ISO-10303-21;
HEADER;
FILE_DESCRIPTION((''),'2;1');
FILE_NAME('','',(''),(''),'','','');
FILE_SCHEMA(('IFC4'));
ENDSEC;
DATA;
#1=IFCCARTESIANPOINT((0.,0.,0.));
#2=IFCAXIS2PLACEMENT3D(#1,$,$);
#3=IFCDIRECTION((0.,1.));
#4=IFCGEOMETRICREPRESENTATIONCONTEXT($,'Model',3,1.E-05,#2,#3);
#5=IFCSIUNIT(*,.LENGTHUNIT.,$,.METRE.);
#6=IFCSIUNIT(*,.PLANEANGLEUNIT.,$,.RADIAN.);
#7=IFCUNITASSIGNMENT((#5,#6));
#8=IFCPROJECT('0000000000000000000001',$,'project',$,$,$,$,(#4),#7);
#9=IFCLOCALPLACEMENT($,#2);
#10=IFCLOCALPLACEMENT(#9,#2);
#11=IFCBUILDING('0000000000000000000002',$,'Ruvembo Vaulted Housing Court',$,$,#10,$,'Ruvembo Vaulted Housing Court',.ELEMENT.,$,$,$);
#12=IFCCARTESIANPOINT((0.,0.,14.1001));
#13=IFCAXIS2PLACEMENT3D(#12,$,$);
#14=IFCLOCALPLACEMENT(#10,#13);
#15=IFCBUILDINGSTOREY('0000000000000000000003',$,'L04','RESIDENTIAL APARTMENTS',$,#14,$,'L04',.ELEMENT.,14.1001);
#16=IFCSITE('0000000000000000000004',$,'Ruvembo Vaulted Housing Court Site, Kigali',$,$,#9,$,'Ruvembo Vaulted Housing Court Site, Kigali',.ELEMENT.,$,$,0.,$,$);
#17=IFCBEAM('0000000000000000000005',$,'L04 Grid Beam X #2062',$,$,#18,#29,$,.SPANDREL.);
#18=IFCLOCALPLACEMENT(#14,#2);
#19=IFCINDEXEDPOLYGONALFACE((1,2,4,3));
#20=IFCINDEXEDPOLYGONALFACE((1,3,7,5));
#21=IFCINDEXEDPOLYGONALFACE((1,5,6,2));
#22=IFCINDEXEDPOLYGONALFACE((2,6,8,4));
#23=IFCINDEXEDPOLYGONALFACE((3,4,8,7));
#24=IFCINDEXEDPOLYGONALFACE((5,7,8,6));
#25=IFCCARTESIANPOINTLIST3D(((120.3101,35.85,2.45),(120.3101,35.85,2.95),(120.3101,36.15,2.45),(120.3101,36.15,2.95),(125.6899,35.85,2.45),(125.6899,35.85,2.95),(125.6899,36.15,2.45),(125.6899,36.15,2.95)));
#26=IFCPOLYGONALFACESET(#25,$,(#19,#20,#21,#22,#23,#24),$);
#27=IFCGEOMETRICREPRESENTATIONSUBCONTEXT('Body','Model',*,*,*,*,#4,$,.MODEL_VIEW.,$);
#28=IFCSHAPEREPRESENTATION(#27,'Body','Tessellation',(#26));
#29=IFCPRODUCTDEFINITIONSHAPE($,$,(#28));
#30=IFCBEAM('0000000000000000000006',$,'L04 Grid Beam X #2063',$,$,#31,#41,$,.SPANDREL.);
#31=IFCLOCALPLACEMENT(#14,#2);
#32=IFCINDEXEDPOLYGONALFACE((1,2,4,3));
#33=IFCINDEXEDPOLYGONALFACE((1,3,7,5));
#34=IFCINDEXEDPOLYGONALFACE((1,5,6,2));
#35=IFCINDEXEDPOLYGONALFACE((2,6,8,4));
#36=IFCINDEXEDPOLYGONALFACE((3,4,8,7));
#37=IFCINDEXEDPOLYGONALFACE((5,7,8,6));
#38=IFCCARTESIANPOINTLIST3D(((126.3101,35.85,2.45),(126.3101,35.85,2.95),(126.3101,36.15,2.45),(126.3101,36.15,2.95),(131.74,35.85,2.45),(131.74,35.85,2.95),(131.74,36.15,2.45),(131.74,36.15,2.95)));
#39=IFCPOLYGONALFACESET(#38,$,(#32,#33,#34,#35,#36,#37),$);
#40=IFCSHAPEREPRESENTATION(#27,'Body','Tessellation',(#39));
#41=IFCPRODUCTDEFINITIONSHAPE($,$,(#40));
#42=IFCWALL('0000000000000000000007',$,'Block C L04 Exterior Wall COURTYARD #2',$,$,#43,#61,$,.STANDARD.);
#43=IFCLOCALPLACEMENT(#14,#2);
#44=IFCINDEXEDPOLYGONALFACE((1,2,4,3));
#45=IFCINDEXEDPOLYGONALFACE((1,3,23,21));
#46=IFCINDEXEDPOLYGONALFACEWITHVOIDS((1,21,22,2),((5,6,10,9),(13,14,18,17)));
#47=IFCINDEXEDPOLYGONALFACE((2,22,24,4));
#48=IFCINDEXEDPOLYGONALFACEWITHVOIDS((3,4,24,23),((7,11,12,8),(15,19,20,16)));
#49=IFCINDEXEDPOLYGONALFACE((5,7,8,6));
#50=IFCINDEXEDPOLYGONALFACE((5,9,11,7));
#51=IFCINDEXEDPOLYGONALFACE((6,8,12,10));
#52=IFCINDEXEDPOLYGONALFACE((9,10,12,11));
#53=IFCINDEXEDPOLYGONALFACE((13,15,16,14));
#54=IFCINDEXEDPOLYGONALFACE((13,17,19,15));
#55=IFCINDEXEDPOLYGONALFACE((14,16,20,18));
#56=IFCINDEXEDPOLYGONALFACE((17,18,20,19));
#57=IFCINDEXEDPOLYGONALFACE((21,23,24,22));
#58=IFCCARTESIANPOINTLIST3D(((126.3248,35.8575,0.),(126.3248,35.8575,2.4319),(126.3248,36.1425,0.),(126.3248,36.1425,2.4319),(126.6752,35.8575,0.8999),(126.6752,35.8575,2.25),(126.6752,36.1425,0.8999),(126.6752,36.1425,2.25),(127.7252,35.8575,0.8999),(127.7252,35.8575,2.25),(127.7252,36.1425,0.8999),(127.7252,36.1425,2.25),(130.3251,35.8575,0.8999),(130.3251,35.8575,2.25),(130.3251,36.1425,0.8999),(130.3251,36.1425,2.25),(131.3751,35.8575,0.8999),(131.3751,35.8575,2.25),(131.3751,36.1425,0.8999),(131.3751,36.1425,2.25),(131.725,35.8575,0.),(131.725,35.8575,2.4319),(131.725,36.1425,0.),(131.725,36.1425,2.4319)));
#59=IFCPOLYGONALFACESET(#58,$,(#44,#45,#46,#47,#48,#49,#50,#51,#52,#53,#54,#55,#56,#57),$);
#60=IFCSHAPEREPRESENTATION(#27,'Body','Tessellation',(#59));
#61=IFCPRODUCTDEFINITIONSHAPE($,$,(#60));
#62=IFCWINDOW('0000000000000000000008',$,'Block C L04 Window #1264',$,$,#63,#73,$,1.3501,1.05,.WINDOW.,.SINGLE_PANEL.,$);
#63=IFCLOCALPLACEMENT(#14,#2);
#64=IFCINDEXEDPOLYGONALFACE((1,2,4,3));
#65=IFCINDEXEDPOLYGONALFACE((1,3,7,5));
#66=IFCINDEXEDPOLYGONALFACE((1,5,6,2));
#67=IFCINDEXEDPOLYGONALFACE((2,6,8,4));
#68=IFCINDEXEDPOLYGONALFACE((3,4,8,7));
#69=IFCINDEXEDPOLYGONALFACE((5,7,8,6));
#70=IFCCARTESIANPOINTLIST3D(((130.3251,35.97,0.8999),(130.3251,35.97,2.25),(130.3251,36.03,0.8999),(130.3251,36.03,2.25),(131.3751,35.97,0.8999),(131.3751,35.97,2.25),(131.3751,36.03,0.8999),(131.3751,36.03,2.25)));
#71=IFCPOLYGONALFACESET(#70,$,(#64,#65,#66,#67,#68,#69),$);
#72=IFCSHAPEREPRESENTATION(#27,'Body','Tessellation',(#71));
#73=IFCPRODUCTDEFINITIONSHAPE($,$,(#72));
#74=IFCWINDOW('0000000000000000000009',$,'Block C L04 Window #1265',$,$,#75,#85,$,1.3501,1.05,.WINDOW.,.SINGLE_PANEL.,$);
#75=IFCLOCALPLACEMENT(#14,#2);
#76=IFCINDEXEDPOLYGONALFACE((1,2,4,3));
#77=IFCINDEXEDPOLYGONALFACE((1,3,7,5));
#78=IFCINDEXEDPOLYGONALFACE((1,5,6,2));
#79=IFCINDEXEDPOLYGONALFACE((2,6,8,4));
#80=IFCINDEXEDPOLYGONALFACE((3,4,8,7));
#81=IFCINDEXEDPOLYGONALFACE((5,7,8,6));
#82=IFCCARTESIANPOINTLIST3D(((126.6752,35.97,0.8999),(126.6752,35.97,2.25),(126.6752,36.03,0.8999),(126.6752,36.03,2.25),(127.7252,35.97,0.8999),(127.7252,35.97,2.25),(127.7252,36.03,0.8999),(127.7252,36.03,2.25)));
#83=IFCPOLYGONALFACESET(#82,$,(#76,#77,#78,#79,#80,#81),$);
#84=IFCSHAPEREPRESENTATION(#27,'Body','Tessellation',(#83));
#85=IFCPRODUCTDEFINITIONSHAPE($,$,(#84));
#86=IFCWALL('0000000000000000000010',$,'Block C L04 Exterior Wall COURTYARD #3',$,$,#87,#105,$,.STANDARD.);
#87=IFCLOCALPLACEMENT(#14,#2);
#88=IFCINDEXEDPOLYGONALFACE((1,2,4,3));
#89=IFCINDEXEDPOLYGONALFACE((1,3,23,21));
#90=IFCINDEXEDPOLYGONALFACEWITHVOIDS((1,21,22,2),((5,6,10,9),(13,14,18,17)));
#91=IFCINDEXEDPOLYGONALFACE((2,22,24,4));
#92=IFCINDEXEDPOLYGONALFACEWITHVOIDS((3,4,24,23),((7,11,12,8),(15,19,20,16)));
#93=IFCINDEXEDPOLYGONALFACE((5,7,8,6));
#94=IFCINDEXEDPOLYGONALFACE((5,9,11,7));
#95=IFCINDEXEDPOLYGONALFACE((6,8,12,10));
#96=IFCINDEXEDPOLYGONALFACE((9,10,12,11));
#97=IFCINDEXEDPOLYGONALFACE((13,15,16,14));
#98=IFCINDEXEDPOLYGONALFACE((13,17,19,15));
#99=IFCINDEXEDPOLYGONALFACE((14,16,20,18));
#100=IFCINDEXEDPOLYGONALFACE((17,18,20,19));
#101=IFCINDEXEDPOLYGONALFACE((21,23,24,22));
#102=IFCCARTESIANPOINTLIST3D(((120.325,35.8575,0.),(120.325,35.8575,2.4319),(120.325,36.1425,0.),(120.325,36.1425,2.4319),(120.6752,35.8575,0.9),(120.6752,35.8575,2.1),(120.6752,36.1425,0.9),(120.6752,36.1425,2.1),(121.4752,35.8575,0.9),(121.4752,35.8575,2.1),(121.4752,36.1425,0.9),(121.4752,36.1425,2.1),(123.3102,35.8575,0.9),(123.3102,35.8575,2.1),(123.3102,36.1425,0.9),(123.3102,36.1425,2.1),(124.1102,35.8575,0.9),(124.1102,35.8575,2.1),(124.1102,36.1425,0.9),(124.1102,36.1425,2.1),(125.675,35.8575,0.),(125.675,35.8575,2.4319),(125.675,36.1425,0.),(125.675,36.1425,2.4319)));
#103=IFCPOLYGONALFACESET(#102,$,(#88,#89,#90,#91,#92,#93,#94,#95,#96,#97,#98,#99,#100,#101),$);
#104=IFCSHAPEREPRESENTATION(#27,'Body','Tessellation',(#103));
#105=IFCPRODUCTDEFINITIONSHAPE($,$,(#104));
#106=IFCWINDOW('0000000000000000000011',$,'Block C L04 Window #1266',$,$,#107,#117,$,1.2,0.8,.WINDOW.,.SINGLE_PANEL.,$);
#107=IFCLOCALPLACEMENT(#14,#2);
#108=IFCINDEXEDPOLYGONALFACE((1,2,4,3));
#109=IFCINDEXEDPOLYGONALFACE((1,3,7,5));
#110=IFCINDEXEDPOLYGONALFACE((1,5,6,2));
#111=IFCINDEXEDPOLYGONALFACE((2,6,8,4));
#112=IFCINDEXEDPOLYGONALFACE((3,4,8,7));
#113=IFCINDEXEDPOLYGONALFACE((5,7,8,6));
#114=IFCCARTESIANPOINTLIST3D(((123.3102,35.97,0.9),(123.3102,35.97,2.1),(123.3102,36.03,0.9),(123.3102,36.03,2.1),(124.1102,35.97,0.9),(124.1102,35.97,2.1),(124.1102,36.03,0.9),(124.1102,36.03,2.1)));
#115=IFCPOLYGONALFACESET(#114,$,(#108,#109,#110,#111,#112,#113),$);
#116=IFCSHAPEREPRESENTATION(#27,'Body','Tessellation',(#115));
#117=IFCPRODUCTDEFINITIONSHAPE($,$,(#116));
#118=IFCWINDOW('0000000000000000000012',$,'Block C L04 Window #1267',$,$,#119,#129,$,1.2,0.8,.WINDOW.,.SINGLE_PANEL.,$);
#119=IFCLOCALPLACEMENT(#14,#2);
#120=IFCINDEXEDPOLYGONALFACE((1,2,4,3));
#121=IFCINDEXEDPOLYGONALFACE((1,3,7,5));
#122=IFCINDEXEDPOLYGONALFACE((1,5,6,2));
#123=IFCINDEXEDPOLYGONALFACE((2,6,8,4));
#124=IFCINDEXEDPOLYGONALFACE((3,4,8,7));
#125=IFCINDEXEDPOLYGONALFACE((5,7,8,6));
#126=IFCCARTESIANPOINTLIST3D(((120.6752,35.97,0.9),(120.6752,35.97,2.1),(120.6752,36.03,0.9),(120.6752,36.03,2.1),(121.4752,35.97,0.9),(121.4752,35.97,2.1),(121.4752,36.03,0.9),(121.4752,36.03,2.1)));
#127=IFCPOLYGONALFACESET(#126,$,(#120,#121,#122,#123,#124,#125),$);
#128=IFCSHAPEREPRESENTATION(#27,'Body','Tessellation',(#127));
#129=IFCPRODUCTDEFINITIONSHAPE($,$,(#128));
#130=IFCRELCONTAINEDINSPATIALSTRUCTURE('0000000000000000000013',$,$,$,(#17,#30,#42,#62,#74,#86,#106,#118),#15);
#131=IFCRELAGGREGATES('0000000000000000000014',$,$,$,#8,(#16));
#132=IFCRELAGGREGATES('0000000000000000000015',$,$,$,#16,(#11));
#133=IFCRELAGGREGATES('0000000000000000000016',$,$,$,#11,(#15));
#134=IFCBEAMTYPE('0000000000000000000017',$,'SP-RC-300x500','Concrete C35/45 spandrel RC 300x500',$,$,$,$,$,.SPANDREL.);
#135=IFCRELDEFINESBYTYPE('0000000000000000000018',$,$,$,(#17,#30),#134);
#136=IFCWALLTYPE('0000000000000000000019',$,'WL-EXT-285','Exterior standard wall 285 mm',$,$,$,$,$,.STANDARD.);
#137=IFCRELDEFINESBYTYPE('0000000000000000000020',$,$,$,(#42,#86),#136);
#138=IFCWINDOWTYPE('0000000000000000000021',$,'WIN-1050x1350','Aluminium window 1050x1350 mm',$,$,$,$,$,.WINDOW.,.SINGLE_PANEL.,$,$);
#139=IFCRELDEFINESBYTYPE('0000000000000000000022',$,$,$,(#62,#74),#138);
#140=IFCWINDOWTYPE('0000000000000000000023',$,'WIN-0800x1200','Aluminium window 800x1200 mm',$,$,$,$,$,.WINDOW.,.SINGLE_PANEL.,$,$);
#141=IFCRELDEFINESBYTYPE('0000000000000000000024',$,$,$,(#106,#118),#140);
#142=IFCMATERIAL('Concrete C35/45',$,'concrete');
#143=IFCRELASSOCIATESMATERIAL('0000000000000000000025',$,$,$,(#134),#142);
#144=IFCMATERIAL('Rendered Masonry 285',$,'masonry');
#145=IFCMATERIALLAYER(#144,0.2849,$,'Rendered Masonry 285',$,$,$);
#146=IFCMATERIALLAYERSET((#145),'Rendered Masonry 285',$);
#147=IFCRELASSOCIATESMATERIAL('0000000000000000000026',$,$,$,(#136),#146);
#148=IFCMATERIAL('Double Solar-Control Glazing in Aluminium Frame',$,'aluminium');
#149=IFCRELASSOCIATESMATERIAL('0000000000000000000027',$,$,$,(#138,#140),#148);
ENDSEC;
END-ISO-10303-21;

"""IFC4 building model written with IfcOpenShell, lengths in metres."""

from ifc_helpers import new_model, si_unit, direction, frame, frame_2d, origin, origin_2d, place, context, subcontext, project, spatial, rectangle, extrude, material, layer, layer_set, material_profile, profile_set, type_object, element, fill, save


model = new_model("IFC4")

# Units and contexts
model_context = context("Model", 3, precision=1e-05, world=origin(), true_north=direction((0.0, 1.0)))
body_context = subcontext(model_context, "Body", "Model", "MODEL_VIEW")
ifc_project = project(units=[si_unit("LENGTHUNIT", "METRE"), si_unit("PLANEANGLEUNIT", "RADIAN")], contexts=[model_context])

# Site, building, storey
site_placement = place(None, origin())
site = spatial("IfcSite", under=ifc_project, at=site_placement, Name="Ruvembo Vaulted Housing Court Site, Kigali", LongName="Ruvembo Vaulted Housing Court Site, Kigali", CompositionType="ELEMENT", RefElevation=0.0)
building_placement = place(site_placement, origin())
building = spatial("IfcBuilding", under=site, at=building_placement, Name="Ruvembo Vaulted Housing Court", LongName="Ruvembo Vaulted Housing Court", CompositionType="ELEMENT")
storey_placement = place(building_placement, frame((0.0, 0.0, 14.1001)))
storey = spatial("IfcBuildingStorey", under=building, at=storey_placement, Name="L04", Description="RESIDENTIAL APARTMENTS", LongName="L04", CompositionType="ELEMENT", Elevation=14.1001)

# Beams
ifc_material_1 = material(Name="Concrete C35/45", Category="concrete")
ifc_material_profile_1 = material_profile(ifc_material_1, rectangle(XDim=0.3, YDim=0.5, at=origin_2d()), Name="RC 300x500")
ifc_profile_set_1 = profile_set([ifc_material_profile_1], Name="Concrete C35/45")
beam_type_1 = type_object("IfcBeamType", Name="SP-RC-300x500", Description="Concrete C35/45 spandrel RC 300x500", PredefinedType="SPANDREL", material=ifc_profile_set_1)
for number, where, z_axis, x_axis, name in (
    (1, (120.3101, 36.0, 2.7), (1.0, 0.0, 0.0), (0.0, 1.0, 0.0), "L04 Grid Beam X #2062"),
):
    element("IfcBeam", number, at=place(storey_placement, frame(where, z_axis=z_axis, x_axis=x_axis)), inside=storey, type_object=beam_type_1, Name=name, PredefinedType="SPANDREL", context=body_context, shape_type="SweptSolid", body=[
        extrude(rectangle(XDim=0.3, YDim=0.5, at=origin_2d()), origin(), (0.0, 0.0, 1.0), 5.3799),
    ])
beam_1_placement = place(storey_placement, frame((126.3101, 36.0, 2.7), z_axis=(1.0, 0.0, 0.0), x_axis=(0.0, 1.0, 0.0)))
element("IfcBeam", 2, at=beam_1_placement, inside=storey, type_object=beam_type_1, Name="L04 Grid Beam X #2063", PredefinedType="SPANDREL", context=body_context, shape_type="SweptSolid", body=[
    extrude(rectangle(XDim=0.3, YDim=0.5, at=origin_2d()), origin(), (0.0, 0.0, 1.0), 5.4299),
])

# Walls, openings, windows
ifc_material_2 = material(Name="Rendered Masonry 285", Category="masonry")
ifc_layer_1 = layer(ifc_material_2, 0.2849, Name="Rendered Masonry 285")
ifc_layer_set_1 = layer_set([ifc_layer_1], Name="Rendered Masonry 285")
wall_type_1 = type_object("IfcWallType", Name="WL-EXT-285", Description="Exterior standard wall 285 mm", PredefinedType="STANDARD", material=ifc_layer_set_1)
wall_1_placement = place(storey_placement, frame((131.7251, 36.0, 0.0), z_axis=(0.0, 0.0, 1.0), x_axis=(-1.0, 0.0, 0.0)))
wall_1 = element("IfcWall", 3, at=wall_1_placement, inside=storey, type_object=wall_type_1, Name="Block C L04 Exterior Wall COURTYARD #2", PredefinedType="STANDARD", context=body_context, shape_type="SweptSolid", body=[
    extrude(rectangle(XDim=5.4001, YDim=0.2849, at=frame_2d((2.7002, 0.0))), origin(), (0.0, 0.0, 1.0), 2.4319),
])
opening_1_placement = place(wall_1_placement, frame((0.3501, 0.0, 0.8999)))
opening_1 = element("IfcOpeningElement", 4, at=opening_1_placement, cuts=wall_1, PredefinedType="OPENING", context=body_context, shape_type="SweptSolid", body=[
    extrude(rectangle(XDim=1.05, YDim=1.3501, at=frame_2d((0.5249, 0.675))), frame((0.0, 0.1523, 0.0), z_axis=(0.0, -1.0, 0.0), x_axis=(1.0, 0.0, 0.0)), (0.0, 0.0, 1.0), 0.3049),
])
opening_2_placement = place(wall_1_placement, frame((4.0, 0.0, 0.8999)))
opening_2 = element("IfcOpeningElement", 5, at=opening_2_placement, cuts=wall_1, PredefinedType="OPENING", context=body_context, shape_type="SweptSolid", body=[
    extrude(rectangle(XDim=1.05, YDim=1.3501, at=frame_2d((0.5249, 0.675))), frame((0.0, 0.1523, 0.0), z_axis=(0.0, -1.0, 0.0), x_axis=(1.0, 0.0, 0.0)), (0.0, 0.0, 1.0), 0.3049),
])
ifc_material_3 = material(Name="Double Solar-Control Glazing in Aluminium Frame", Category="aluminium")
window_type_1 = type_object("IfcWindowType", Name="WIN-1050x1350", Description="Aluminium window 1050x1350 mm", PartitioningType="SINGLE_PANEL", PredefinedType="WINDOW", material=ifc_material_3)
window_1_placement = place(opening_1_placement, origin())
window_1 = element("IfcWindow", 6, at=window_1_placement, inside=storey, type_object=window_type_1, Name="Block C L04 Window #1264", OverallHeight=1.3501, OverallWidth=1.05, PartitioningType="SINGLE_PANEL", PredefinedType="WINDOW", context=body_context, shape_type="SweptSolid", body=[
    extrude(rectangle(XDim=1.05, YDim=1.3501, at=frame_2d((0.5249, 0.675))), frame((0.0, 0.03, 0.0), z_axis=(0.0, -1.0, 0.0), x_axis=(1.0, 0.0, 0.0)), (0.0, 0.0, 1.0), 0.0601),
])
fill(opening_1, window_1)
window_2_placement = place(opening_2_placement, origin())
window_2 = element("IfcWindow", 7, at=window_2_placement, inside=storey, type_object=window_type_1, Name="Block C L04 Window #1265", OverallHeight=1.3501, OverallWidth=1.05, PartitioningType="SINGLE_PANEL", PredefinedType="WINDOW", context=body_context, shape_type="SweptSolid", body=[
    extrude(rectangle(XDim=1.05, YDim=1.3501, at=frame_2d((0.5249, 0.675))), frame((0.0, 0.03, 0.0), z_axis=(0.0, -1.0, 0.0), x_axis=(1.0, 0.0, 0.0)), (0.0, 0.0, 1.0), 0.0601),
])
fill(opening_2, window_2)
wall_2_placement = place(storey_placement, frame((125.675, 36.0, 0.0), z_axis=(0.0, 0.0, 1.0), x_axis=(-1.0, 0.0, 0.0)))
wall_2 = element("IfcWall", 8, at=wall_2_placement, inside=storey, type_object=wall_type_1, Name="Block C L04 Exterior Wall COURTYARD #3", PredefinedType="STANDARD", context=body_context, shape_type="SweptSolid", body=[
    extrude(rectangle(XDim=5.3501, YDim=0.2849, at=frame_2d((2.675, 0.0))), origin(), (0.0, 0.0, 1.0), 2.4319),
])
opening_3_placement = place(wall_2_placement, frame((1.5649, 0.0, 0.8999)))
opening_3 = element("IfcOpeningElement", 9, at=opening_3_placement, cuts=wall_2, PredefinedType="OPENING", context=body_context, shape_type="SweptSolid", body=[
    extrude(rectangle(XDim=0.8, YDim=1.2, at=frame_2d((0.3999, 0.6001))), frame((0.0, 0.1523, 0.0), z_axis=(0.0, -1.0, 0.0), x_axis=(1.0, 0.0, 0.0)), (0.0, 0.0, 1.0), 0.3049),
])
opening_4_placement = place(wall_2_placement, frame((4.2, 0.0, 0.8999)))
opening_4 = element("IfcOpeningElement", 10, at=opening_4_placement, cuts=wall_2, PredefinedType="OPENING", context=body_context, shape_type="SweptSolid", body=[
    extrude(rectangle(XDim=0.8, YDim=1.2, at=frame_2d((0.3999, 0.6001))), frame((0.0, 0.1523, 0.0), z_axis=(0.0, -1.0, 0.0), x_axis=(1.0, 0.0, 0.0)), (0.0, 0.0, 1.0), 0.3049),
])
window_type_2 = type_object("IfcWindowType", Name="WIN-0800x1200", Description="Aluminium window 800x1200 mm", PartitioningType="SINGLE_PANEL", PredefinedType="WINDOW", material=ifc_material_3)
window_3_placement = place(opening_3_placement, origin())
window_3 = element("IfcWindow", 11, at=window_3_placement, inside=storey, type_object=window_type_2, Name="Block C L04 Window #1266", OverallHeight=1.2, OverallWidth=0.8, PartitioningType="SINGLE_PANEL", PredefinedType="WINDOW", context=body_context, shape_type="SweptSolid", body=[
    extrude(rectangle(XDim=0.8, YDim=1.2, at=frame_2d((0.3999, 0.6001))), frame((0.0, 0.03, 0.0), z_axis=(0.0, -1.0, 0.0), x_axis=(1.0, 0.0, 0.0)), (0.0, 0.0, 1.0), 0.0601),
])
fill(opening_3, window_3)
window_4_placement = place(opening_4_placement, origin())
window_4 = element("IfcWindow", 12, at=window_4_placement, inside=storey, type_object=window_type_2, Name="Block C L04 Window #1267", OverallHeight=1.2, OverallWidth=0.8, PartitioningType="SINGLE_PANEL", PredefinedType="WINDOW", context=body_context, shape_type="SweptSolid", body=[
    extrude(rectangle(XDim=0.8, YDim=1.2, at=frame_2d((0.3999, 0.6001))), frame((0.0, 0.03, 0.0), z_axis=(0.0, -1.0, 0.0), x_axis=(1.0, 0.0, 0.0)), (0.0, 0.0, 1.0), 0.0601),
])
fill(opening_4, window_4)

save(model, "model.ifc")
